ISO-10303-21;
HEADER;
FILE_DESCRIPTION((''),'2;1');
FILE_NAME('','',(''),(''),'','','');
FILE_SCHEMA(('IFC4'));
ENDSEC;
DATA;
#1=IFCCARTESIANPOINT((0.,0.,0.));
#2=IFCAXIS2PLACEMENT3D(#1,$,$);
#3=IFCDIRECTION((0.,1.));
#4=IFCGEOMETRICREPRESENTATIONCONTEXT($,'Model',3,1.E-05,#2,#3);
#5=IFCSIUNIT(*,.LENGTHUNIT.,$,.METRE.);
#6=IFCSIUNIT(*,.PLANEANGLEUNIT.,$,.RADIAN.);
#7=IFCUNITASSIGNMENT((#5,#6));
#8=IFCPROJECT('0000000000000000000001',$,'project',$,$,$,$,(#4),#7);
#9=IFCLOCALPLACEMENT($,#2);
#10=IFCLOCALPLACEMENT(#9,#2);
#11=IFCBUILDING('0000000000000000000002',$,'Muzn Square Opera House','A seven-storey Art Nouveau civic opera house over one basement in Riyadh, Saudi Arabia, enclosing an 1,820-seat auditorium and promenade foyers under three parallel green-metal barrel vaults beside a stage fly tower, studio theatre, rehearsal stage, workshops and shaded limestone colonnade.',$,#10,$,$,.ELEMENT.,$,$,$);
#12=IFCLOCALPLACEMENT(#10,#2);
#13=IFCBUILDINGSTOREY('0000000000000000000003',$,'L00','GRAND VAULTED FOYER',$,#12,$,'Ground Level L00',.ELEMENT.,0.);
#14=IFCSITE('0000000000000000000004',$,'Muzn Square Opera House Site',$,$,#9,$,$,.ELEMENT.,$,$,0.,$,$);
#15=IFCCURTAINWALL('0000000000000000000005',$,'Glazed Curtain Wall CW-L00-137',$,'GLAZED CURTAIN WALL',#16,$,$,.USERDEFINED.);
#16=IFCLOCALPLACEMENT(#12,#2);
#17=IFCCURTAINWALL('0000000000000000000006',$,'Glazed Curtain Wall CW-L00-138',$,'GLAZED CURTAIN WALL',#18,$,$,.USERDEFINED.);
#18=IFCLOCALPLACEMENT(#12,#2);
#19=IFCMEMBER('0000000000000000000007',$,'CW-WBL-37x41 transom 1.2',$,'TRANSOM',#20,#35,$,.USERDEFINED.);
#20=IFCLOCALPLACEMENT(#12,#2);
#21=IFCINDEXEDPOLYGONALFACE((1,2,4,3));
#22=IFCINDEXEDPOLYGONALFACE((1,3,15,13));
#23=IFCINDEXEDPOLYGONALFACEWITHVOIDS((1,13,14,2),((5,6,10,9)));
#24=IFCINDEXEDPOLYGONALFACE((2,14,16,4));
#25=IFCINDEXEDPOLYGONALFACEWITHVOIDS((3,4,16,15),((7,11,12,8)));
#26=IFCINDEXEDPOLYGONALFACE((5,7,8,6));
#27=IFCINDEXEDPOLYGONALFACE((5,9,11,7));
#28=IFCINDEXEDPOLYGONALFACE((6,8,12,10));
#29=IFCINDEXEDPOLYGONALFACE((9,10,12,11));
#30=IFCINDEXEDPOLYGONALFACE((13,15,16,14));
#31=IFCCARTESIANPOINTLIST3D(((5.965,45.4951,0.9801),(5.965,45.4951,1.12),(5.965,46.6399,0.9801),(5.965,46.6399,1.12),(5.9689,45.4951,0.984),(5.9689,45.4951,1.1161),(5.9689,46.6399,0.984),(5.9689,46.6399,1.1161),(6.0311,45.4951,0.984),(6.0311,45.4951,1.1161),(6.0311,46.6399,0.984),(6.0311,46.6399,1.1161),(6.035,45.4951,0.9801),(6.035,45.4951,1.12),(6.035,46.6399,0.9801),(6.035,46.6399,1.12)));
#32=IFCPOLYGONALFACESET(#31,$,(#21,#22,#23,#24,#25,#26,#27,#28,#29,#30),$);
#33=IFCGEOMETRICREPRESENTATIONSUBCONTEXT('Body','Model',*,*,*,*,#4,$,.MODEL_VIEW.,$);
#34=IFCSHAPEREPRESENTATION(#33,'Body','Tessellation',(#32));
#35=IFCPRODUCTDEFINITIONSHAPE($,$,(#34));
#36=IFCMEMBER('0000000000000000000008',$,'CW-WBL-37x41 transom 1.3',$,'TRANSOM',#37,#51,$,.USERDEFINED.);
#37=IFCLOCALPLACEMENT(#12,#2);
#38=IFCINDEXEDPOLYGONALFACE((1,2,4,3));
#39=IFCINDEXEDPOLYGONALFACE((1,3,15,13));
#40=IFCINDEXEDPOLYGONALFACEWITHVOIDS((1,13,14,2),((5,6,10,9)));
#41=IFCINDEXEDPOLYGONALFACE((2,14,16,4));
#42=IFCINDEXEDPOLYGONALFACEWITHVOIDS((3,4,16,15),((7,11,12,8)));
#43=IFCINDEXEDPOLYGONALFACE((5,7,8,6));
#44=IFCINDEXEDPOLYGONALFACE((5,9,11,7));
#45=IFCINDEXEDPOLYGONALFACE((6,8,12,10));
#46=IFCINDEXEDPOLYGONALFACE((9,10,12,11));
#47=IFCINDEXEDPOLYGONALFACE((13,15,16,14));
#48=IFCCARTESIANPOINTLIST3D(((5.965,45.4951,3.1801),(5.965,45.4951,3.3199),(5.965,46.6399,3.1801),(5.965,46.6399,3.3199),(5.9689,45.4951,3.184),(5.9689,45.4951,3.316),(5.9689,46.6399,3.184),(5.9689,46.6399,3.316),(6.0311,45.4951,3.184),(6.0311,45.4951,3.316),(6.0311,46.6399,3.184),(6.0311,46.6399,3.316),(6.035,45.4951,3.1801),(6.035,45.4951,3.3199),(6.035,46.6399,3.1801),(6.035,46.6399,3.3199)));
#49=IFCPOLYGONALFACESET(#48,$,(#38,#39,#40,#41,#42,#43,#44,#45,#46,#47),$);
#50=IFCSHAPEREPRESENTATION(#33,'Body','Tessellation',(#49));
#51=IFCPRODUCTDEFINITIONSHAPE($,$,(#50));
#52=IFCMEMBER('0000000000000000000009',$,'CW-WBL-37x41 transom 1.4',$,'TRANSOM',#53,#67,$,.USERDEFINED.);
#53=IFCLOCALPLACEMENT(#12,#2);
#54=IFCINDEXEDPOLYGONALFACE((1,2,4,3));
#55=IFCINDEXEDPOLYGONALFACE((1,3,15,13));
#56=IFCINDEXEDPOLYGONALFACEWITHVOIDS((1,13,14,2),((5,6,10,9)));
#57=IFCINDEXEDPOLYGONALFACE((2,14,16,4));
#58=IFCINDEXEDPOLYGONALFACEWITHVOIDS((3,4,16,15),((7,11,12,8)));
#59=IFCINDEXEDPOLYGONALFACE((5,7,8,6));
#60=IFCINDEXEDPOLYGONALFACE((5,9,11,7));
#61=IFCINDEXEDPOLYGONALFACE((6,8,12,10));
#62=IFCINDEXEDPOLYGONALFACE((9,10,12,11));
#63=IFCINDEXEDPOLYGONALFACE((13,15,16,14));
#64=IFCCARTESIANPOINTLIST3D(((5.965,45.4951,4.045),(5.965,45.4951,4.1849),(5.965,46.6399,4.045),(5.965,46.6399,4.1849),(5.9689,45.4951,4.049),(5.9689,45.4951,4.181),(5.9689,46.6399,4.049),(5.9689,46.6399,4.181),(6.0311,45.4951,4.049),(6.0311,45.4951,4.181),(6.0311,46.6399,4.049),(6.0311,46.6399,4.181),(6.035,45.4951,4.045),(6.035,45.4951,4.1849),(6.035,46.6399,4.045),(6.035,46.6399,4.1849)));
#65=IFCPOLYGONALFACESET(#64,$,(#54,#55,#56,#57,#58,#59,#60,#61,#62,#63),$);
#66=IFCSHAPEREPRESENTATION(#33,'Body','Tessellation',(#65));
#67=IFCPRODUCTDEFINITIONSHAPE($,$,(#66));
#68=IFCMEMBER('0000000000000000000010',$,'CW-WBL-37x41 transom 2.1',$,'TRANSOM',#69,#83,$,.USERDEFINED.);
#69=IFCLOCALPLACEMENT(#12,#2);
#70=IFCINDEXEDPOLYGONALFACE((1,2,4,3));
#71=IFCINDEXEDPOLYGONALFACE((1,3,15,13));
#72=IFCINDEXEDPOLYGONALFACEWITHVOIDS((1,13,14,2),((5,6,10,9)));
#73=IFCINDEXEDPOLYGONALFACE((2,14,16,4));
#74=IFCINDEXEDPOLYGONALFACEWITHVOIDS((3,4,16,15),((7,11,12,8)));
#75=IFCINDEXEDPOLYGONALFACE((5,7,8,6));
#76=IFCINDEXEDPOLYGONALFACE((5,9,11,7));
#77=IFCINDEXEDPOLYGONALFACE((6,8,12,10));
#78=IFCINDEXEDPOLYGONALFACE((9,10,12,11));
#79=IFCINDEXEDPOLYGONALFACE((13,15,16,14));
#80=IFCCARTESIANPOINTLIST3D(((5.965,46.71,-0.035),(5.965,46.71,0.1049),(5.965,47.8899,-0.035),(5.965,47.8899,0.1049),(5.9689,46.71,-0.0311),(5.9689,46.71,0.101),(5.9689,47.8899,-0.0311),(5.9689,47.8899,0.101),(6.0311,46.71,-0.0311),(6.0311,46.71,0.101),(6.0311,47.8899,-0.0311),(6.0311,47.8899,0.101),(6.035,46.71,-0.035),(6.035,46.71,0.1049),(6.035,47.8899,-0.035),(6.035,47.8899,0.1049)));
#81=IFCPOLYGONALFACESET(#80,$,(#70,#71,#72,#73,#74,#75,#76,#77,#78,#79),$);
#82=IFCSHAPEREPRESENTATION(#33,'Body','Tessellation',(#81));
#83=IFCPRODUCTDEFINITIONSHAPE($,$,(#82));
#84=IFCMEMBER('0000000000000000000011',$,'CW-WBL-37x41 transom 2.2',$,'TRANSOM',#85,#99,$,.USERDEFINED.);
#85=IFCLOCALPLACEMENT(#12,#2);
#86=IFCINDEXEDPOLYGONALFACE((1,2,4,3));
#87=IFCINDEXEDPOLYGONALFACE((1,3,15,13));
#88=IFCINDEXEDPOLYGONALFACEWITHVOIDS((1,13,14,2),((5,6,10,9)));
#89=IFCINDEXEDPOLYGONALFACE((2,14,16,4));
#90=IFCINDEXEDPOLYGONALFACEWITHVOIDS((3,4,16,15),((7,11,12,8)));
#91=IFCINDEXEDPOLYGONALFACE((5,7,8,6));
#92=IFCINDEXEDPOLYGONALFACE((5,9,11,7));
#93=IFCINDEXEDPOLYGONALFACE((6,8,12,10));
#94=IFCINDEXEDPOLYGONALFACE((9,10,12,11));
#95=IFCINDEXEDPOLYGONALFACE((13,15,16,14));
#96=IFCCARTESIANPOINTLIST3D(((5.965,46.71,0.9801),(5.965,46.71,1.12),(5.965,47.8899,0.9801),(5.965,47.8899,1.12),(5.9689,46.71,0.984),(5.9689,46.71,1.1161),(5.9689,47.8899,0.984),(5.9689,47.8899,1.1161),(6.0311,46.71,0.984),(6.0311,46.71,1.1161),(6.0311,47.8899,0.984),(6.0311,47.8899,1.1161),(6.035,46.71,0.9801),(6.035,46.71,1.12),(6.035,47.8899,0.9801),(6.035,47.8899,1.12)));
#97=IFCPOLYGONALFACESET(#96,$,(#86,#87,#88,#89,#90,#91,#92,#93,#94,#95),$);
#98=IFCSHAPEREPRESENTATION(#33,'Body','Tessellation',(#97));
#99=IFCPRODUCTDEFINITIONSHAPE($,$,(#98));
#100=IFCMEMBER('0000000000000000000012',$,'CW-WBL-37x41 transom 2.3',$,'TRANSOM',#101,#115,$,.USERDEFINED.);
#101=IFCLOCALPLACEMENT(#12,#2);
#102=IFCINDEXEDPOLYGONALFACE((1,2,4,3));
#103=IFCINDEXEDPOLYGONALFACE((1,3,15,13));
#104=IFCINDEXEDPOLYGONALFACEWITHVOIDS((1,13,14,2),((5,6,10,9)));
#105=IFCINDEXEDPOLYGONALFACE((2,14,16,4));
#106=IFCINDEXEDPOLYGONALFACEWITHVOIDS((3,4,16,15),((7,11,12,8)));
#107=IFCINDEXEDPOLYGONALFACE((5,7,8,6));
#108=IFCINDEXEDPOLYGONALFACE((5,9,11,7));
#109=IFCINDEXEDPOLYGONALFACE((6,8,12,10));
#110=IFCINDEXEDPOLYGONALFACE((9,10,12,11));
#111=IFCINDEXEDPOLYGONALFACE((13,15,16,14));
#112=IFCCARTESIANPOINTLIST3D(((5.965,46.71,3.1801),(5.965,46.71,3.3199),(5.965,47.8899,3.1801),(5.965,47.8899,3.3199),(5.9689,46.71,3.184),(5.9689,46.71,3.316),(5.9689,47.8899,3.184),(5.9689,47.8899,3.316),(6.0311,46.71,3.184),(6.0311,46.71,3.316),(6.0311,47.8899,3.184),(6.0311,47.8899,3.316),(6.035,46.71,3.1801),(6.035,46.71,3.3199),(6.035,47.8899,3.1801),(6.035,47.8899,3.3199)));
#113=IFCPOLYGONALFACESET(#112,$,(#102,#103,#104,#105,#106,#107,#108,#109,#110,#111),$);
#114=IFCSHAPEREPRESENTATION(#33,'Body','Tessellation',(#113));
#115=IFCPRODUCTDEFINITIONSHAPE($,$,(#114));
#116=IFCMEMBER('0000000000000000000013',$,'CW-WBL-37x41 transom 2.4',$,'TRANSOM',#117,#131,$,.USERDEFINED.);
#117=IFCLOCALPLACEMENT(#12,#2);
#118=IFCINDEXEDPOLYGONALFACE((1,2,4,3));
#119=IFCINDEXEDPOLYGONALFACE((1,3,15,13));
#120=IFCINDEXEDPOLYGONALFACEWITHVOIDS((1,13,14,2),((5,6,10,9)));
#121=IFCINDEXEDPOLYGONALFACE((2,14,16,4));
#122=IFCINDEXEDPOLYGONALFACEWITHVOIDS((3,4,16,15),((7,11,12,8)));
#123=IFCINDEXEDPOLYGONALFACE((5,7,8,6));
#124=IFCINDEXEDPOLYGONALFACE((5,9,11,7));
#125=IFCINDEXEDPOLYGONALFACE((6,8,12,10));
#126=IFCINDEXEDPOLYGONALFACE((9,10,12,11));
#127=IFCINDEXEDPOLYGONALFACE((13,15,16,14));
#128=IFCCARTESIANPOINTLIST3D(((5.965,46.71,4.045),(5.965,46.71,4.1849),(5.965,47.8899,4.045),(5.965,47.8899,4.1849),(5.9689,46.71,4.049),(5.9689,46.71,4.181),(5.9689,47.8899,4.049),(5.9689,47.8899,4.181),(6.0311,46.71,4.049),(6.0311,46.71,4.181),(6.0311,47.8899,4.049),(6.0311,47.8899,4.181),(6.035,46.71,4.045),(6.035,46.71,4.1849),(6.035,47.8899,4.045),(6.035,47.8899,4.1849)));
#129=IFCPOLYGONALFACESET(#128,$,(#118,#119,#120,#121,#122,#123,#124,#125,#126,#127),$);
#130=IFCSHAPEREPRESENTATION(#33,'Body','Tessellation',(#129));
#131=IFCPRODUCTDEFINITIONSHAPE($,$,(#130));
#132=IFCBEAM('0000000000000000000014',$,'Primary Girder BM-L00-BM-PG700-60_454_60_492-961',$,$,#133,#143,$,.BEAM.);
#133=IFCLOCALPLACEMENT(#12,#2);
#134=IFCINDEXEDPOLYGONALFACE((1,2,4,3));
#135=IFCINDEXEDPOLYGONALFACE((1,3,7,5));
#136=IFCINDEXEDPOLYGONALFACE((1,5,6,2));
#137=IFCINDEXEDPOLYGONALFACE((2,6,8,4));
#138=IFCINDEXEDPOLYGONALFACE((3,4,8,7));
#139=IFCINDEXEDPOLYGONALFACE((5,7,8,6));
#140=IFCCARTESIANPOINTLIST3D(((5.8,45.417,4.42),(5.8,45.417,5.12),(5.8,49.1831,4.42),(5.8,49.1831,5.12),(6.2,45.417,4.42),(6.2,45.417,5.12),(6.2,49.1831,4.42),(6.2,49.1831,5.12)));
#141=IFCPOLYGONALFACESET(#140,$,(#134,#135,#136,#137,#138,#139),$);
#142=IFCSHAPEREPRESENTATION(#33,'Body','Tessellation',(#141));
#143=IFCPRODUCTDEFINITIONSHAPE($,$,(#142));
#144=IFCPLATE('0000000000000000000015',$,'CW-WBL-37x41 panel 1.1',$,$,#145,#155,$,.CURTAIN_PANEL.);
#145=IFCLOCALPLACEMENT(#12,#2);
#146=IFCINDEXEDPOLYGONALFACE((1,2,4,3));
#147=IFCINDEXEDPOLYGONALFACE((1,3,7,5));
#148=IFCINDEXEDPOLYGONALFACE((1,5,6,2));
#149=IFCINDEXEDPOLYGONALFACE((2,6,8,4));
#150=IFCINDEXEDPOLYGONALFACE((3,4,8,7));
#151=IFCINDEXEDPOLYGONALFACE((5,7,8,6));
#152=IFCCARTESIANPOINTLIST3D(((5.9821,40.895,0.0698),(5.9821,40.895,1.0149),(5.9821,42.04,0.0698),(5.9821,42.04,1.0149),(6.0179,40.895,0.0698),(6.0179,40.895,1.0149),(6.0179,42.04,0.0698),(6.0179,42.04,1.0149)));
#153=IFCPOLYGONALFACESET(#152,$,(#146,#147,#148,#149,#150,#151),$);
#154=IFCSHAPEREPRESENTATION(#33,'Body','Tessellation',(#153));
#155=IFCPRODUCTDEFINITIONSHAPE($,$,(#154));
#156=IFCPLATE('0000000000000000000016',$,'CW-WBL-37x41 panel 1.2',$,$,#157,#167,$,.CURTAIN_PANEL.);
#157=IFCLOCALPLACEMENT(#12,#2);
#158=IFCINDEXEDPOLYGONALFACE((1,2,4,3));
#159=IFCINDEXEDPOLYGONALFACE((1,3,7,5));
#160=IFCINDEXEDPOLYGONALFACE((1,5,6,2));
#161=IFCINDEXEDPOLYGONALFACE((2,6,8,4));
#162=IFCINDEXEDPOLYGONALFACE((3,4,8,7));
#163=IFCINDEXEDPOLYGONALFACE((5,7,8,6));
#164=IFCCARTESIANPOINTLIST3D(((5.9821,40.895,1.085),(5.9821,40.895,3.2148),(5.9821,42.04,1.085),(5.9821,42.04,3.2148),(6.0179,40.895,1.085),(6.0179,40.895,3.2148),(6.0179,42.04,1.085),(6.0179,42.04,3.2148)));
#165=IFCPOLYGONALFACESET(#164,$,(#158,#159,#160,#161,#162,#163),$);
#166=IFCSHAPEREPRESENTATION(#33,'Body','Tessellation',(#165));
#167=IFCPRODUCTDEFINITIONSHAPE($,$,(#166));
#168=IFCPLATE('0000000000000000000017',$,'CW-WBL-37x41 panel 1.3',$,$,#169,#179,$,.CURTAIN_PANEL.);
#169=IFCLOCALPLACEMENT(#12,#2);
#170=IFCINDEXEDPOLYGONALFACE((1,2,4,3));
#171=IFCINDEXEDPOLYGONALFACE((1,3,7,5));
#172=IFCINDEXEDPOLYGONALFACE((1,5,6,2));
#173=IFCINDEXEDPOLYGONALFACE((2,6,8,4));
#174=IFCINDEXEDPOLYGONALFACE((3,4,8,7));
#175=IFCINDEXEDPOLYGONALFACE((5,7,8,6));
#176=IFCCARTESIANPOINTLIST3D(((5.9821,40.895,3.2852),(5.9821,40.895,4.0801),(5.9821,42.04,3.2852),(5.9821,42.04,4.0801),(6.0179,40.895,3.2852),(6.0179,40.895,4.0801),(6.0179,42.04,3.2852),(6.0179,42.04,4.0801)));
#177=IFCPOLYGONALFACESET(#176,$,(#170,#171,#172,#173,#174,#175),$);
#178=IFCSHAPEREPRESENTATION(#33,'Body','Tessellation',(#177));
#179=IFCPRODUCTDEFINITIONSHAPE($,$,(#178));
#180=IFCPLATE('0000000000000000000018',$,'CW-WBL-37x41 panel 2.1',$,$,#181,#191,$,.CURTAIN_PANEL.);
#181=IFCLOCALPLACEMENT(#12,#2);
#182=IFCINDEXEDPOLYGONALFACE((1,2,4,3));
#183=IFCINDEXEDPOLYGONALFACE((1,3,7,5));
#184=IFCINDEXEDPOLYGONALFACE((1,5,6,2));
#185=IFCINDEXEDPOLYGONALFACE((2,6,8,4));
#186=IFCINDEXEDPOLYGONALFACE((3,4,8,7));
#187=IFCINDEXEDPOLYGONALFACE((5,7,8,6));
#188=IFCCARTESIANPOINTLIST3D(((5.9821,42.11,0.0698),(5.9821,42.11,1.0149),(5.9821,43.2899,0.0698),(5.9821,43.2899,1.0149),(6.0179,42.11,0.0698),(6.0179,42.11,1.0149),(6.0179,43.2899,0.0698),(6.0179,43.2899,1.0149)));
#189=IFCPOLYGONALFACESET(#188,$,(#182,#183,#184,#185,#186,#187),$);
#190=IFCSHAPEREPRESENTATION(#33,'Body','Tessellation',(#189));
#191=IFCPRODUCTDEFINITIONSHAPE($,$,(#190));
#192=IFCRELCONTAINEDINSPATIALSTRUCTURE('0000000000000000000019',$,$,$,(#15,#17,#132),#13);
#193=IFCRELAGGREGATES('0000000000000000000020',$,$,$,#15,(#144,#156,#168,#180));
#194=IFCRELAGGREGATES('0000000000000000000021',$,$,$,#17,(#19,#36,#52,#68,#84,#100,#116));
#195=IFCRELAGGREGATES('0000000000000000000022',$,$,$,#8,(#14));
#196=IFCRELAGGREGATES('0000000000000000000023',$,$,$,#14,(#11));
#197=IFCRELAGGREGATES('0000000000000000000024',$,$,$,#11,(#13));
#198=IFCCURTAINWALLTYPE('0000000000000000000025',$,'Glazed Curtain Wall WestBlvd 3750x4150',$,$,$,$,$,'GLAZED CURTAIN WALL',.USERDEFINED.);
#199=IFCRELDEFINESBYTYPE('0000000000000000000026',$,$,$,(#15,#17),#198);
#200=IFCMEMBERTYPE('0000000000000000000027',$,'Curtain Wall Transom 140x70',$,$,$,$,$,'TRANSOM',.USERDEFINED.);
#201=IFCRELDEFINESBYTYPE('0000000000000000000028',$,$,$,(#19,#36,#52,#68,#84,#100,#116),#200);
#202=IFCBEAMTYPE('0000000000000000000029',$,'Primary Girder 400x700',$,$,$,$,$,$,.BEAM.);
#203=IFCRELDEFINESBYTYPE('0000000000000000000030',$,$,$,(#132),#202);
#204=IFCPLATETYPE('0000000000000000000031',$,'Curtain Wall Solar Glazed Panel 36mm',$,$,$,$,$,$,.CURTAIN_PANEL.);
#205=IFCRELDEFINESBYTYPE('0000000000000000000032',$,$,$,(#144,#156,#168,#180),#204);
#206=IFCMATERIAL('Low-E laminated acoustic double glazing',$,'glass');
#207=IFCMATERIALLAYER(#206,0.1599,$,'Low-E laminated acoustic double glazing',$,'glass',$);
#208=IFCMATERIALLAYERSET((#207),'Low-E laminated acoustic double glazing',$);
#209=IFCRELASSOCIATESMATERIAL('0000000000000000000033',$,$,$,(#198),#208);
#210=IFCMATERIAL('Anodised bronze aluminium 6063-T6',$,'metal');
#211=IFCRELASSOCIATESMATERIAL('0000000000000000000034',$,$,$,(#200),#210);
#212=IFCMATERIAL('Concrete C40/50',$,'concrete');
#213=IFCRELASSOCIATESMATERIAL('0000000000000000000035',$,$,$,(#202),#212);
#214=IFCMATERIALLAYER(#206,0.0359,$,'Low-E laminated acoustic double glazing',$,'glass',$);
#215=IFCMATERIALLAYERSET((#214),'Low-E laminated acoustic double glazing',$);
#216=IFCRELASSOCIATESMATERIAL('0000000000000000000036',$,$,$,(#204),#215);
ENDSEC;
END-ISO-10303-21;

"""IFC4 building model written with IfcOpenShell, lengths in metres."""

from ifc_helpers import new_model, si_unit, direction, frame, origin, origin_2d, place, context, subcontext, project, spatial, rectangle, hollow_rectangle, extrude, material, layer, layer_set, material_profile, profile_set, type_object, element, aggregate, save


model = new_model("IFC4")

# Units and contexts
model_context = context("Model", 3, precision=1e-05, world=origin(), true_north=direction((0.0, 1.0)))
body_context = subcontext(model_context, "Body", "Model", "MODEL_VIEW")
ifc_project = project(units=[si_unit("LENGTHUNIT", "METRE"), si_unit("PLANEANGLEUNIT", "RADIAN")], contexts=[model_context])

# Site, building, storey
site_placement = place(None, origin())
site = spatial("IfcSite", under=ifc_project, at=site_placement, Name="Muzn Square Opera House Site", CompositionType="ELEMENT", RefElevation=0.0)
building_placement = place(site_placement, origin())
building = spatial("IfcBuilding", under=site, at=building_placement, Name="Muzn Square Opera House", Description="A seven-storey Art Nouveau civic opera house over one basement in Riyadh, Saudi Arabia, enclosing an 1,820-seat auditorium and promenade foyers under three parallel green-metal barrel vaults beside a stage fly tower, studio theatre, rehearsal stage, workshops and shaded limestone colonnade.", CompositionType="ELEMENT")
storey_placement = place(building_placement, origin())
storey = spatial("IfcBuildingStorey", under=building, at=storey_placement, Name="L00", Description="GRAND VAULTED FOYER", LongName="Ground Level L00", CompositionType="ELEMENT", Elevation=0.0)

# Curtain walls
ifc_material_1 = material(Name="Low-E laminated acoustic double glazing", Category="glass")
ifc_layer_1 = layer(ifc_material_1, 0.1599, Name="Low-E laminated acoustic double glazing", Category="glass")
ifc_layer_set_1 = layer_set([ifc_layer_1], Name="Low-E laminated acoustic double glazing")
curtain_wall_type = type_object("IfcCurtainWallType", Name="Glazed Curtain Wall WestBlvd 3750x4150", ElementType="GLAZED CURTAIN WALL", PredefinedType="USERDEFINED", material=ifc_layer_set_1)
curtain_wall_1_placement = place(storey_placement, origin())
curtain_wall_1 = element("IfcCurtainWall", 1, at=curtain_wall_1_placement, inside=storey, type_object=curtain_wall_type, Name="Glazed Curtain Wall CW-L00-137", ObjectType="GLAZED CURTAIN WALL", PredefinedType="USERDEFINED")
ifc_material_2 = material(Name="Anodised bronze aluminium 6063-T6", Category="metal")
curtain_wall_2_placement = place(storey_placement, origin())
curtain_wall_2 = element("IfcCurtainWall", 2, at=curtain_wall_2_placement, inside=storey, type_object=curtain_wall_type, Name="Glazed Curtain Wall CW-L00-138", ObjectType="GLAZED CURTAIN WALL", PredefinedType="USERDEFINED")

# Members
ifc_material_profile_1 = material_profile(ifc_material_2, hollow_rectangle(XDim=0.0701, YDim=0.1399, WallThickness=0.0039, at=origin_2d()), Name="ALU 140x70x4", Category="metal")
ifc_profile_set_1 = profile_set([ifc_material_profile_1], Name="Anodised bronze aluminium 6063-T6")
member_type_1 = type_object("IfcMemberType", Name="Curtain Wall Transom 140x70", ElementType="TRANSOM", PredefinedType="USERDEFINED", material=ifc_profile_set_1)
member_1_placement = place(storey_placement, frame((6.0, 45.4951, 1.05), z_axis=(0.0, 1.0, 0.0), x_axis=(-1.0, 0.0, 0.0)))
member_1 = element("IfcMember", 3, at=member_1_placement, type_object=member_type_1, Name="CW-WBL-37x41 transom 1.2", ObjectType="TRANSOM", PredefinedType="USERDEFINED", context=body_context, shape_type="SweptSolid", body=[
    extrude(hollow_rectangle(XDim=0.0701, YDim=0.1399, WallThickness=0.0039, at=origin_2d()), origin(), (0.0, 0.0, 1.0), 1.1448),
])
member_2_placement = place(storey_placement, frame((6.0, 45.4951, 3.25), z_axis=(0.0, 1.0, 0.0), x_axis=(-1.0, 0.0, 0.0)))
member_2 = element("IfcMember", 4, at=member_2_placement, type_object=member_type_1, Name="CW-WBL-37x41 transom 1.3", ObjectType="TRANSOM", PredefinedType="USERDEFINED", context=body_context, shape_type="SweptSolid", body=[
    extrude(hollow_rectangle(XDim=0.0701, YDim=0.1399, WallThickness=0.0039, at=origin_2d()), origin(), (0.0, 0.0, 1.0), 1.1448),
])
member_3_placement = place(storey_placement, frame((6.0, 45.4951, 4.115), z_axis=(0.0, 1.0, 0.0), x_axis=(-1.0, 0.0, 0.0)))
member_3 = element("IfcMember", 5, at=member_3_placement, type_object=member_type_1, Name="CW-WBL-37x41 transom 1.4", ObjectType="TRANSOM", PredefinedType="USERDEFINED", context=body_context, shape_type="SweptSolid", body=[
    extrude(hollow_rectangle(XDim=0.0701, YDim=0.1399, WallThickness=0.0039, at=origin_2d()), origin(), (0.0, 0.0, 1.0), 1.1448),
])
member_4_placement = place(storey_placement, frame((6.0, 46.71, 0.0349), z_axis=(0.0, 1.0, 0.0), x_axis=(-1.0, 0.0, 0.0)))
member_4 = element("IfcMember", 6, at=member_4_placement, type_object=member_type_1, Name="CW-WBL-37x41 transom 2.1", ObjectType="TRANSOM", PredefinedType="USERDEFINED", context=body_context, shape_type="SweptSolid", body=[
    extrude(hollow_rectangle(XDim=0.0701, YDim=0.1399, WallThickness=0.0039, at=origin_2d()), origin(), (0.0, 0.0, 1.0), 1.1799),
])
member_5_placement = place(storey_placement, frame((6.0, 46.71, 1.05), z_axis=(0.0, 1.0, 0.0), x_axis=(-1.0, 0.0, 0.0)))
member_5 = element("IfcMember", 7, at=member_5_placement, type_object=member_type_1, Name="CW-WBL-37x41 transom 2.2", ObjectType="TRANSOM", PredefinedType="USERDEFINED", context=body_context, shape_type="SweptSolid", body=[
    extrude(hollow_rectangle(XDim=0.0701, YDim=0.1399, WallThickness=0.0039, at=origin_2d()), origin(), (0.0, 0.0, 1.0), 1.1799),
])
member_6_placement = place(storey_placement, frame((6.0, 46.71, 3.25), z_axis=(0.0, 1.0, 0.0), x_axis=(-1.0, 0.0, 0.0)))
member_6 = element("IfcMember", 8, at=member_6_placement, type_object=member_type_1, Name="CW-WBL-37x41 transom 2.3", ObjectType="TRANSOM", PredefinedType="USERDEFINED", context=body_context, shape_type="SweptSolid", body=[
    extrude(hollow_rectangle(XDim=0.0701, YDim=0.1399, WallThickness=0.0039, at=origin_2d()), origin(), (0.0, 0.0, 1.0), 1.1799),
])
member_7_placement = place(storey_placement, frame((6.0, 46.71, 4.115), z_axis=(0.0, 1.0, 0.0), x_axis=(-1.0, 0.0, 0.0)))
member_7 = element("IfcMember", 9, at=member_7_placement, type_object=member_type_1, Name="CW-WBL-37x41 transom 2.4", ObjectType="TRANSOM", PredefinedType="USERDEFINED", context=body_context, shape_type="SweptSolid", body=[
    extrude(hollow_rectangle(XDim=0.0701, YDim=0.1399, WallThickness=0.0039, at=origin_2d()), origin(), (0.0, 0.0, 1.0), 1.1799),
])

# Beam
ifc_material_3 = material(Name="Concrete C40/50", Category="concrete")
ifc_material_profile_2 = material_profile(ifc_material_3, rectangle(XDim=0.3999, YDim=0.7, at=origin_2d()), Name="RCB 400x700", Category="concrete")
ifc_profile_set_2 = profile_set([ifc_material_profile_2], Name="Concrete C40/50")
beam_type = type_object("IfcBeamType", Name="Primary Girder 400x700", PredefinedType="BEAM", material=ifc_profile_set_2)
beam_placement = place(storey_placement, frame((6.0, 45.417, 4.77), z_axis=(0.0, 1.0, 0.0), x_axis=(-1.0, 0.0, 0.0)))
element("IfcBeam", 10, at=beam_placement, inside=storey, type_object=beam_type, Name="Primary Girder BM-L00-BM-PG700-60_454_60_492-961", PredefinedType="BEAM", context=body_context, shape_type="SweptSolid", body=[
    extrude(rectangle(XDim=0.3999, YDim=0.7, at=origin_2d()), origin(), (0.0, 0.0, 1.0), 3.7661),
])

# Plates
ifc_layer_2 = layer(ifc_material_1, 0.0359, Name="Low-E laminated acoustic double glazing", Category="glass")
ifc_layer_set_2 = layer_set([ifc_layer_2], Name="Low-E laminated acoustic double glazing")
plate_type = type_object("IfcPlateType", Name="Curtain Wall Solar Glazed Panel 36mm", PredefinedType="CURTAIN_PANEL", material=ifc_layer_set_2)
plate_1_placement = place(storey_placement, frame((6.0, 41.4675, 0.0698), z_axis=(0.0, 0.0, 1.0), x_axis=(0.0, 1.0, 0.0)))
plate_1 = element("IfcPlate", 11, at=plate_1_placement, type_object=plate_type, Name="CW-WBL-37x41 panel 1.1", PredefinedType="CURTAIN_PANEL", context=body_context, shape_type="SweptSolid", body=[
    extrude(rectangle(XDim=1.145, YDim=0.0359, at=origin_2d()), origin(), (0.0, 0.0, 1.0), 0.9451),
])
plate_2_placement = place(storey_placement, frame((6.0, 41.4675, 1.085), z_axis=(0.0, 0.0, 1.0), x_axis=(0.0, 1.0, 0.0)))
plate_2 = element("IfcPlate", 12, at=plate_2_placement, type_object=plate_type, Name="CW-WBL-37x41 panel 1.2", PredefinedType="CURTAIN_PANEL", context=body_context, shape_type="SweptSolid", body=[
    extrude(rectangle(XDim=1.145, YDim=0.0359, at=origin_2d()), origin(), (0.0, 0.0, 1.0), 2.1299),
])
plate_3_placement = place(storey_placement, frame((6.0, 41.4675, 3.2852), z_axis=(0.0, 0.0, 1.0), x_axis=(0.0, 1.0, 0.0)))
plate_3 = element("IfcPlate", 13, at=plate_3_placement, type_object=plate_type, Name="CW-WBL-37x41 panel 1.3", PredefinedType="CURTAIN_PANEL", context=body_context, shape_type="SweptSolid", body=[
    extrude(rectangle(XDim=1.145, YDim=0.0359, at=origin_2d()), origin(), (0.0, 0.0, 1.0), 0.7949),
])
plate_4_placement = place(storey_placement, frame((6.0, 42.7, 0.0698), z_axis=(0.0, 0.0, 1.0), x_axis=(0.0, 1.0, 0.0)))
plate_4 = element("IfcPlate", 14, at=plate_4_placement, type_object=plate_type, Name="CW-WBL-37x41 panel 2.1", PredefinedType="CURTAIN_PANEL", context=body_context, shape_type="SweptSolid", body=[
    extrude(rectangle(XDim=1.1799, YDim=0.0359, at=origin_2d()), origin(), (0.0, 0.0, 1.0), 0.9451),
])
aggregate(curtain_wall_1, [plate_1, plate_2, plate_3, plate_4])
aggregate(curtain_wall_2, [member_1, member_2, member_3, member_4, member_5, member_6, member_7])

save(model, "model.ifc")
